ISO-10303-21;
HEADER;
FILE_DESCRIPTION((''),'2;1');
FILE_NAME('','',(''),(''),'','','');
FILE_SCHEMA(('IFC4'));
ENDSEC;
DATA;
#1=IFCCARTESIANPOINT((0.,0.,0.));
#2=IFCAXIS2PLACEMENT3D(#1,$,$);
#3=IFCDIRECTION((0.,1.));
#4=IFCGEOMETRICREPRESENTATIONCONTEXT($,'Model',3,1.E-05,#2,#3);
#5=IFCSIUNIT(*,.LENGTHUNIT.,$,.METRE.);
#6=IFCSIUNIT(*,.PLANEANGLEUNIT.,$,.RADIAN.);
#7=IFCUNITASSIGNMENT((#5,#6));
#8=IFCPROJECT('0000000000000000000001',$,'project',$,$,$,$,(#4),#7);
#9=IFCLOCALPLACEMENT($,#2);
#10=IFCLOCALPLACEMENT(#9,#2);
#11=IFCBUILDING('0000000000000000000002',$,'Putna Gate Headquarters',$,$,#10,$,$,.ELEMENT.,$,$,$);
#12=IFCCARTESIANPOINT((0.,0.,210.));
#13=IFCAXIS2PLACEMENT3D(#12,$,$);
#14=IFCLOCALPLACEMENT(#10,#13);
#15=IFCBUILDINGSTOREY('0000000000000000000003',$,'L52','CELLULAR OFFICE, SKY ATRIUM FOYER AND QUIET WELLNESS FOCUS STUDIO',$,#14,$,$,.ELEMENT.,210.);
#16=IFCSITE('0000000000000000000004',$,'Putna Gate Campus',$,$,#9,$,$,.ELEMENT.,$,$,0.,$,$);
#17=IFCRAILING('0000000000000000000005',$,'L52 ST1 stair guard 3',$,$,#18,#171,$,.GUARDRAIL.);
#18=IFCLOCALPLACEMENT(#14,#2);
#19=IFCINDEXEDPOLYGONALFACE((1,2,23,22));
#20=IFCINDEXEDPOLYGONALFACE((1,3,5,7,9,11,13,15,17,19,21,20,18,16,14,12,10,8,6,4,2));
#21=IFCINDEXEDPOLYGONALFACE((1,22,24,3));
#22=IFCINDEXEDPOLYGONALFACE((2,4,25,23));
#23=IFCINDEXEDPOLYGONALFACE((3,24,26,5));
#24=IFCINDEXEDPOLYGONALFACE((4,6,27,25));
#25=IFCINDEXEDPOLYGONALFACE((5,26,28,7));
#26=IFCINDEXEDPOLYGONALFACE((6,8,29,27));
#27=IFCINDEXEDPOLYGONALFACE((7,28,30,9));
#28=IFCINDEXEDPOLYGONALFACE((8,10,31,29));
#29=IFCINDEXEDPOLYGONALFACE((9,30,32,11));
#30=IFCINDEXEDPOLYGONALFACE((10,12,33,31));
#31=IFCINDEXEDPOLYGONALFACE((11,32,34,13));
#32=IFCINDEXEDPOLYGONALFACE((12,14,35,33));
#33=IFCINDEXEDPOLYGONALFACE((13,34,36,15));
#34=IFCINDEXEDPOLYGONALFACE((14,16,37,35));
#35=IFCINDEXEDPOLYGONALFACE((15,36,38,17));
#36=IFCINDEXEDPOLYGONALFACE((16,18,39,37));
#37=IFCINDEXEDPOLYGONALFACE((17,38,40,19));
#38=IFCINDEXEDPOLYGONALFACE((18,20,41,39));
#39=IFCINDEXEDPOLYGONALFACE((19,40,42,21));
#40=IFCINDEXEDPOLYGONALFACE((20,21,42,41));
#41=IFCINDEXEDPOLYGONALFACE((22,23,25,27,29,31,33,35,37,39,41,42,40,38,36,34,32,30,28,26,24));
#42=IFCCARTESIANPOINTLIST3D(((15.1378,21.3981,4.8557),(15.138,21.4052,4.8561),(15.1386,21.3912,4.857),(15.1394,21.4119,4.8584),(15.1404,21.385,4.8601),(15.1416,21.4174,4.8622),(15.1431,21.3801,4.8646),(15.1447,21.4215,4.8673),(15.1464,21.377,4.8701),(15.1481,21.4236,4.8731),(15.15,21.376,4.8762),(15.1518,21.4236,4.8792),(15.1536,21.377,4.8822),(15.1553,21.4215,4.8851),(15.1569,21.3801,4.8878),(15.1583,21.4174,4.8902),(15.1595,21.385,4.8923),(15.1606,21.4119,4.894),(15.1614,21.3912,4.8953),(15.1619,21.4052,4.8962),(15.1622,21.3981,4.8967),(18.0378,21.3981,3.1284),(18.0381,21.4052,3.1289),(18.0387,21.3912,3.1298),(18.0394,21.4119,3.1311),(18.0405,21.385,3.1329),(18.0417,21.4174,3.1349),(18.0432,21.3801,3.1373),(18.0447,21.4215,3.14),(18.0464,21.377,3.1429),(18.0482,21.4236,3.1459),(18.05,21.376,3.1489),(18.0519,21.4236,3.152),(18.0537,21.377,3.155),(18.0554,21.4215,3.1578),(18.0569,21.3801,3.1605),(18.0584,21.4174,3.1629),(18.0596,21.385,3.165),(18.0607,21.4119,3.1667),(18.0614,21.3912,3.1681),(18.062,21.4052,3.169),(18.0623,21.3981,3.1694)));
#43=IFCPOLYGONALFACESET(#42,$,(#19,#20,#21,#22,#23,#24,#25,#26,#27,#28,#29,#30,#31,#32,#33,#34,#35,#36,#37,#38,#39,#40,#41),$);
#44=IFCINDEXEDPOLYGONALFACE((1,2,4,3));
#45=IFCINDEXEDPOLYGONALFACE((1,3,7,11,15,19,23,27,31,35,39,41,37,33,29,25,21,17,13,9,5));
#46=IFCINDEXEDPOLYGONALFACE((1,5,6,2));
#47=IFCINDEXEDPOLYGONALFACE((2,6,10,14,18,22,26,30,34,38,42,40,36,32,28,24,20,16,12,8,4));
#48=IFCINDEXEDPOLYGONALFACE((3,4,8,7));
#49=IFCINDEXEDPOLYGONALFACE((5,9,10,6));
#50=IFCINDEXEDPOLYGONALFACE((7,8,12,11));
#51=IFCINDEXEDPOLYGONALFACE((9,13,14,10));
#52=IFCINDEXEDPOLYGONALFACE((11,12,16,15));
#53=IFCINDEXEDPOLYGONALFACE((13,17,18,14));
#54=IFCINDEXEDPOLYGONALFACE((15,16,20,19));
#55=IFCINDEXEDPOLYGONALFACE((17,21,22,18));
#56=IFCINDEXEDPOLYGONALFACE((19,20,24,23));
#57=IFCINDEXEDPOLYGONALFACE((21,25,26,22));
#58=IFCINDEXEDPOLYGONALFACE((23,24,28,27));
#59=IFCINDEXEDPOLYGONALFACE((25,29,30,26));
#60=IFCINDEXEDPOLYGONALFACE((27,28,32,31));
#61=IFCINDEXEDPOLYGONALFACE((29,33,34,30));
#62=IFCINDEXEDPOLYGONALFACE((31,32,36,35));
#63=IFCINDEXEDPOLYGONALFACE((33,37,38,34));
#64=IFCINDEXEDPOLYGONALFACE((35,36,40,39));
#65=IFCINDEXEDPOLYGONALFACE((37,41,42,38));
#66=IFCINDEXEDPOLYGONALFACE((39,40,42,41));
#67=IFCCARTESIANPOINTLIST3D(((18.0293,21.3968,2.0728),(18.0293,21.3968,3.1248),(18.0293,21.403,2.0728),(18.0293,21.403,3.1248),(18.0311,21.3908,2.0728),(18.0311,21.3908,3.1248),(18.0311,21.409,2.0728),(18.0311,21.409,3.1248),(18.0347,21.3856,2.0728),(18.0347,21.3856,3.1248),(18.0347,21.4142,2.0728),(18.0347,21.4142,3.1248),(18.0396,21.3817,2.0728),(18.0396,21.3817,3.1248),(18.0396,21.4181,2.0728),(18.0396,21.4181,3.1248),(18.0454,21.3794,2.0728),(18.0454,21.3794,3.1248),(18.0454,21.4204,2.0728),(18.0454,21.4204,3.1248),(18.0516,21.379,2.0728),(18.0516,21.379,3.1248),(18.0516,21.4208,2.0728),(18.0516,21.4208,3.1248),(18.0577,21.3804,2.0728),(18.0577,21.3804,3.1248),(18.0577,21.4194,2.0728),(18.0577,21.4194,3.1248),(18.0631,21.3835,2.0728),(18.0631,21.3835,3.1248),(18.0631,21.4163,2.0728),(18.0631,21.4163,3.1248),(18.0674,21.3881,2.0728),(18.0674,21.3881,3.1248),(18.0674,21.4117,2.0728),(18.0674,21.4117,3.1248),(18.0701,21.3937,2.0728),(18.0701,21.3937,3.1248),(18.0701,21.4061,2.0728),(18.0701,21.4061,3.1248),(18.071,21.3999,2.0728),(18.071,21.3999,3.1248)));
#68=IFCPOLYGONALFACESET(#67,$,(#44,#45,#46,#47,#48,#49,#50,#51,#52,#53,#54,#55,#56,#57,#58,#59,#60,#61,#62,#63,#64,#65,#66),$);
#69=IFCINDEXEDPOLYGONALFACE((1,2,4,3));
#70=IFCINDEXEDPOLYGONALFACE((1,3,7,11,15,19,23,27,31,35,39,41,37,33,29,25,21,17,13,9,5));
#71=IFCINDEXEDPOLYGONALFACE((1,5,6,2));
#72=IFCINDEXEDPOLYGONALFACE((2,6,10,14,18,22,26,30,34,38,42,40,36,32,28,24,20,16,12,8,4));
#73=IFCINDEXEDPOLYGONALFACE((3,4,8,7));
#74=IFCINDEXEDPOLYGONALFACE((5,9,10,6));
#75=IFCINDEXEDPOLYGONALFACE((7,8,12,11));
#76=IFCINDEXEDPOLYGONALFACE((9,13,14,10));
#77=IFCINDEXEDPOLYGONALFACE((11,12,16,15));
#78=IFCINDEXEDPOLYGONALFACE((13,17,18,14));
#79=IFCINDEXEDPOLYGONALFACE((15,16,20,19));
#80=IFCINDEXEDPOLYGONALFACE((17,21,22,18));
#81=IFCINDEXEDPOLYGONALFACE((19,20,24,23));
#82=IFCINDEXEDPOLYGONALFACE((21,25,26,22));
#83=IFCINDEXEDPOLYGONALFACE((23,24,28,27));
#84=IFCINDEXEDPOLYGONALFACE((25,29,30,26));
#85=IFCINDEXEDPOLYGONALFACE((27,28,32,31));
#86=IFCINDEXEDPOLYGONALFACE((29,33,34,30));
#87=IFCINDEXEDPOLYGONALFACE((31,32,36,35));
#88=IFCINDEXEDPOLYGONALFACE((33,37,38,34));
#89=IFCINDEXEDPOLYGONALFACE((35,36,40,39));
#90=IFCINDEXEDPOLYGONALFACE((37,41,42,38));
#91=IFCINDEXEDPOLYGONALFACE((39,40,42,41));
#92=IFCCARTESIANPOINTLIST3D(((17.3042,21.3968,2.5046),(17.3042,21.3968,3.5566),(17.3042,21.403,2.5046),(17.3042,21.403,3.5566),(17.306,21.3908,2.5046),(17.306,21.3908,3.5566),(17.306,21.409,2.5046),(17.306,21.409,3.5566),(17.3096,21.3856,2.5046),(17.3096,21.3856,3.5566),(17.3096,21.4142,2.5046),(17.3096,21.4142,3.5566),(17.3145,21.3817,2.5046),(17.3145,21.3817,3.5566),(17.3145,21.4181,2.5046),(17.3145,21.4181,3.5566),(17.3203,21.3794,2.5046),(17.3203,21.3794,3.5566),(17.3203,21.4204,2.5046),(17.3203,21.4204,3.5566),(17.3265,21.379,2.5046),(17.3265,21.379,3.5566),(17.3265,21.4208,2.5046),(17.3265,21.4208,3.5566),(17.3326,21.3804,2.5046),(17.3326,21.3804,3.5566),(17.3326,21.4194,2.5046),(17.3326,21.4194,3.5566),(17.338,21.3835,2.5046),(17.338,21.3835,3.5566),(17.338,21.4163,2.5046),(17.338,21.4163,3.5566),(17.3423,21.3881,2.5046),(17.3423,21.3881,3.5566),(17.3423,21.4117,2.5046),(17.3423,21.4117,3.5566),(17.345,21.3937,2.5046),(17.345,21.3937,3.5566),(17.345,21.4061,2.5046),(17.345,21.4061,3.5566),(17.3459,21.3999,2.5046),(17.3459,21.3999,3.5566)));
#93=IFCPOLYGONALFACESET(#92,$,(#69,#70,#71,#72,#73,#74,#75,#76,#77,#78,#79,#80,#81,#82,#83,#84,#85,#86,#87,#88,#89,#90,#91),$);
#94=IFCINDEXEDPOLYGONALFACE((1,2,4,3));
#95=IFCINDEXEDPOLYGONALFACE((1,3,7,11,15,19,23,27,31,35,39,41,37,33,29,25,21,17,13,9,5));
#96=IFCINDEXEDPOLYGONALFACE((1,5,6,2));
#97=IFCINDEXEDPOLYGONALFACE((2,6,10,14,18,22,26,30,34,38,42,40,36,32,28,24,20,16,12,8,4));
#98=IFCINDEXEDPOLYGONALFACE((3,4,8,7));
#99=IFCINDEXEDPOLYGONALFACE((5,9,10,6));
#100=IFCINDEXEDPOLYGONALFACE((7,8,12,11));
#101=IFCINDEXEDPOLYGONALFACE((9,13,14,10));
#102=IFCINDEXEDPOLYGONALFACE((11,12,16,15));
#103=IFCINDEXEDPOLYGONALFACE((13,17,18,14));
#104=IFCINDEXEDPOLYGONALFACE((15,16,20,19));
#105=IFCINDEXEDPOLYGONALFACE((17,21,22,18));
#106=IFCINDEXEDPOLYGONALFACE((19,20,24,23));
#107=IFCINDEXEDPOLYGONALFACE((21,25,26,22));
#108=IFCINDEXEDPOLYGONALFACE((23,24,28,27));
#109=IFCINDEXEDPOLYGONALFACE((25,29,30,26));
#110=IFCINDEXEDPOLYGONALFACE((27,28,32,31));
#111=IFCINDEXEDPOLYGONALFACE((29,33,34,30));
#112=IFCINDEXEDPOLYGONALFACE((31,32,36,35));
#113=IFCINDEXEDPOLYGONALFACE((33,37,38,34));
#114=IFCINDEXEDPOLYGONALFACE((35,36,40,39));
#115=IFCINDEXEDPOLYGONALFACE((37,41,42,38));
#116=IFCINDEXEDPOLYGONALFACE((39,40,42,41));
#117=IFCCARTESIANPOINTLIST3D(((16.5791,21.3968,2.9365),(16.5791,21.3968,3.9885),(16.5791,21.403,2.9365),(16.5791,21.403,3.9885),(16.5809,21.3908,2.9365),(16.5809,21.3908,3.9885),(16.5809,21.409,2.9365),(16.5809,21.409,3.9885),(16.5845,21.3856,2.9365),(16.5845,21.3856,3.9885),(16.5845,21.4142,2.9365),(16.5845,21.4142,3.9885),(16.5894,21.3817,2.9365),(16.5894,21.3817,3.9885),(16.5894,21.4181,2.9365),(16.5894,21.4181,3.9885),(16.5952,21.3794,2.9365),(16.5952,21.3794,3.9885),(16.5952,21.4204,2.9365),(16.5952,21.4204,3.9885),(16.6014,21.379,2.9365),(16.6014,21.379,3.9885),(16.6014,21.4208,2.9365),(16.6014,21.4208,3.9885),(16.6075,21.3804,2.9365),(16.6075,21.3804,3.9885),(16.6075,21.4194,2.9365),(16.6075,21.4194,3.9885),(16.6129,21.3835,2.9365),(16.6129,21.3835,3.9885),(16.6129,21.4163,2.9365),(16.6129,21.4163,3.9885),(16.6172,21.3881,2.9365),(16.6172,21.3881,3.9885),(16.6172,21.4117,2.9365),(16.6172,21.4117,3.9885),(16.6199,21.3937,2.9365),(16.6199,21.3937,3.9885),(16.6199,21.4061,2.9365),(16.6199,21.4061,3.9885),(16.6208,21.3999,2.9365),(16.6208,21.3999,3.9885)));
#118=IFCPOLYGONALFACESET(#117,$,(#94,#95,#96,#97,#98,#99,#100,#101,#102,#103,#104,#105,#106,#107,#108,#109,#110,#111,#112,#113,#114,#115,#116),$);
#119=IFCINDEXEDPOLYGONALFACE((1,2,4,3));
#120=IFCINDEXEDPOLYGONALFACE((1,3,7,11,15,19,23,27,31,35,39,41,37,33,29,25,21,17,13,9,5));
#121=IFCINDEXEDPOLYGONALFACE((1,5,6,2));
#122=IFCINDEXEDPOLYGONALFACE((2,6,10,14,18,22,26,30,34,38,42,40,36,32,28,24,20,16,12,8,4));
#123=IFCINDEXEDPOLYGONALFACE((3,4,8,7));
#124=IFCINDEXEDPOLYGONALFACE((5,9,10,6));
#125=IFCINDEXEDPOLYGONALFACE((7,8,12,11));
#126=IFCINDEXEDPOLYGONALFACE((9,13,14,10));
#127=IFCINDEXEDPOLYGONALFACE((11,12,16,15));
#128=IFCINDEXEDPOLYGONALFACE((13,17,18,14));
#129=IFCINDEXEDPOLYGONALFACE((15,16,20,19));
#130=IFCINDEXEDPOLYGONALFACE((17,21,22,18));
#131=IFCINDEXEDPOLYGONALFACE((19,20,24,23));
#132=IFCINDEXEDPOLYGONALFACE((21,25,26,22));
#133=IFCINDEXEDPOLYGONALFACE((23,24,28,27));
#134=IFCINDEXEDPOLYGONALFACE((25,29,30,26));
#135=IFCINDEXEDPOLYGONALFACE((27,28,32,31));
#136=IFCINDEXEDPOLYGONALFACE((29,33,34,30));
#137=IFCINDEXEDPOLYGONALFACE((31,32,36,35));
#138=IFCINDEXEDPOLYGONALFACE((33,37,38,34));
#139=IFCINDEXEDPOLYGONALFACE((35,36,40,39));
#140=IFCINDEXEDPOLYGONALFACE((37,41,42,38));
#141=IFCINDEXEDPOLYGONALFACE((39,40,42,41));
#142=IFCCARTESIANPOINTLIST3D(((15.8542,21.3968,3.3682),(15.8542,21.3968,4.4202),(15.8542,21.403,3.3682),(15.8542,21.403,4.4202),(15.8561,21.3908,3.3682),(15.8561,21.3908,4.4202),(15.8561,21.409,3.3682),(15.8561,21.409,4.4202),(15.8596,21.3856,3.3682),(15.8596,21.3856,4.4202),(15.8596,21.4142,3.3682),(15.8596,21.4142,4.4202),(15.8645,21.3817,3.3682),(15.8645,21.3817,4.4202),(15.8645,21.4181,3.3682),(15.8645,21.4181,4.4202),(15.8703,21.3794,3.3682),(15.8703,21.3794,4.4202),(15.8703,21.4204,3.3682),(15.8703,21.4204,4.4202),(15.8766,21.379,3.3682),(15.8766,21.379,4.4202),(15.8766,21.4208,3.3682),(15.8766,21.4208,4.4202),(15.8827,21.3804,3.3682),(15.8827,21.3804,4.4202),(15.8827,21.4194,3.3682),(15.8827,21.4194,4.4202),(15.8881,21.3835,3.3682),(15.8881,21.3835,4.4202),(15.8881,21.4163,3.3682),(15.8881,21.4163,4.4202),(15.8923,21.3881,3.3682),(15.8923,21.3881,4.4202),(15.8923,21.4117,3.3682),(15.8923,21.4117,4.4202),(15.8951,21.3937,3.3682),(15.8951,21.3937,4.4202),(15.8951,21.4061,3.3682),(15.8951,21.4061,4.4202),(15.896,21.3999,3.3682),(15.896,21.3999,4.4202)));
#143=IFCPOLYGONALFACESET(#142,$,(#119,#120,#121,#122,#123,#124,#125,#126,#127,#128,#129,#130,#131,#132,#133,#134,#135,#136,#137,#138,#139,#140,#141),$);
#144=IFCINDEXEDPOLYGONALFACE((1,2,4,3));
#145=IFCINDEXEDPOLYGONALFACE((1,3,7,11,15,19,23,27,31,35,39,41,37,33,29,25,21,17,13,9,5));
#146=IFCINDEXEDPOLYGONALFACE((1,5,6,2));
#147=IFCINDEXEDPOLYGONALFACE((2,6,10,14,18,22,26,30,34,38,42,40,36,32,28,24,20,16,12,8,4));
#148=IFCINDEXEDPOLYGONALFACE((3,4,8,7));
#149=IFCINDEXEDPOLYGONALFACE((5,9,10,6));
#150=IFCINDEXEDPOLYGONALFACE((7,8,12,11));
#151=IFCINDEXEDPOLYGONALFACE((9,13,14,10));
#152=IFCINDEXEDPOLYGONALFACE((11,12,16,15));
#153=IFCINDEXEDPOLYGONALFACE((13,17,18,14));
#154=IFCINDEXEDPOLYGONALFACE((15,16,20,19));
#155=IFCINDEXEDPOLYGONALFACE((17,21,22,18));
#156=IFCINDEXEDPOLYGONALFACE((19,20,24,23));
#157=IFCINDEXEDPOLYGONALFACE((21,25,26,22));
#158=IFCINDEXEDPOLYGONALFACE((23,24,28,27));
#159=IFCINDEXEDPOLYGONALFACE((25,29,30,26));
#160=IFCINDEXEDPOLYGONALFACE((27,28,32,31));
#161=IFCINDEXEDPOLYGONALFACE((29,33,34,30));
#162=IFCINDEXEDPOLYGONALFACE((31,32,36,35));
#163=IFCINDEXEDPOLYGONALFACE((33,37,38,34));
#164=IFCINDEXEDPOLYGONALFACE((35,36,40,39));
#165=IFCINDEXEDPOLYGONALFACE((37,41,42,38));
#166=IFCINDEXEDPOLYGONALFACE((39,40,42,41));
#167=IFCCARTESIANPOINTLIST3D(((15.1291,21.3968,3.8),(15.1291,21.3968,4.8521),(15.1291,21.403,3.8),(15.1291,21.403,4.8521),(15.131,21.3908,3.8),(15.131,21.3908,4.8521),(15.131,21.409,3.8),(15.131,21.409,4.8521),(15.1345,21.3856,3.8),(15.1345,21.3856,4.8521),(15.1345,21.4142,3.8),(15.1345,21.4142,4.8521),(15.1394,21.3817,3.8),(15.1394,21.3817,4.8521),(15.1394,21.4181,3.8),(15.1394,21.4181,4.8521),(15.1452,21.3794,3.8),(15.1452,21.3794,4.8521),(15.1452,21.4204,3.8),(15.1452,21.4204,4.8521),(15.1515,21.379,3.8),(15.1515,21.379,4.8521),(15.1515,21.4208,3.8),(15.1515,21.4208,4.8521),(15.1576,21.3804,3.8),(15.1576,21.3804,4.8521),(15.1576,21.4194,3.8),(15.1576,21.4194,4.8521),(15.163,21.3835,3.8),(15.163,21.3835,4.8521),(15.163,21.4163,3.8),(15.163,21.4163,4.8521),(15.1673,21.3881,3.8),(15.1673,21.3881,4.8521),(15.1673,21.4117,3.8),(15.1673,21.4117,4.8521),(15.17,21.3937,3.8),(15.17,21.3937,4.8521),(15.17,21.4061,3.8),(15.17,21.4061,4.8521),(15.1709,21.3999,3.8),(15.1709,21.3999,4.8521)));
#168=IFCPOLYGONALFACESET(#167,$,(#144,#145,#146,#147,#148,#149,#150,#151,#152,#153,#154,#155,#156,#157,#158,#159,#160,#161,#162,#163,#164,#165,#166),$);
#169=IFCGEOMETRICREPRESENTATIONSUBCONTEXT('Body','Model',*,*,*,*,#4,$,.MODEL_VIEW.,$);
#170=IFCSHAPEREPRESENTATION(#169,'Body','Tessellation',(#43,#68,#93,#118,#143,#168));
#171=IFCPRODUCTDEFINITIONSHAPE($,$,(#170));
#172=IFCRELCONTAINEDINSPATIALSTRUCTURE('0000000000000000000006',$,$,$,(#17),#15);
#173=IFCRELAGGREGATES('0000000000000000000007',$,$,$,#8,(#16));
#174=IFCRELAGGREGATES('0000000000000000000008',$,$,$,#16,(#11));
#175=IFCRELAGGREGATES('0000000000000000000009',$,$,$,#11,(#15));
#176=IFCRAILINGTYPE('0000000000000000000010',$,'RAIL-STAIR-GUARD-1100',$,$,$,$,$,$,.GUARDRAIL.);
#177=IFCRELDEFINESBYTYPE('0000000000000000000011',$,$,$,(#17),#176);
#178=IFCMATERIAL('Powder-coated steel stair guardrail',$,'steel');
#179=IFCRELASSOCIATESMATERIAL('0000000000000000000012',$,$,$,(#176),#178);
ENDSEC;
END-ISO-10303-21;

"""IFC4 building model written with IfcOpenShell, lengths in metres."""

from ifc_helpers import new_model, si_unit, direction, frame, origin, origin_2d, place, context, subcontext, project, spatial, circle, extrude, material, type_object, element, save


model = new_model("IFC4")

# Units and contexts
model_context = context("Model", 3, precision=1e-05, world=origin(), true_north=direction((0.0, 1.0)))
body_context = subcontext(model_context, "Body", "Model", "MODEL_VIEW")
ifc_project = project(units=[si_unit("LENGTHUNIT", "METRE"), si_unit("PLANEANGLEUNIT", "RADIAN")], contexts=[model_context])

# Site, building, storey
site_placement = place(None, origin())
site = spatial("IfcSite", under=ifc_project, at=site_placement, Name="Putna Gate Campus", CompositionType="ELEMENT", RefElevation=0.0)
building_placement = place(site_placement, origin())
building = spatial("IfcBuilding", under=site, at=building_placement, Name="Putna Gate Headquarters", CompositionType="ELEMENT")
storey_placement = place(building_placement, frame((0.0, 0.0, 210.0)))
storey = spatial("IfcBuildingStorey", under=building, at=storey_placement, Name="L52", Description="CELLULAR OFFICE, SKY ATRIUM FOYER AND QUIET WELLNESS FOCUS STUDIO", CompositionType="ELEMENT", Elevation=210.0)

# Railing
ifc_material_1 = material(Name="Powder-coated steel stair guardrail", Category="steel")
railing_type_1 = type_object("IfcRailingType", Name="RAIL-STAIR-GUARD-1100", PredefinedType="GUARDRAIL", material=ifc_material_1)
railing_1_placement = place(storey_placement, frame((18.05, 21.3999, 2.0728)))
element("IfcRailing", 1, at=railing_1_placement, inside=storey, type_object=railing_type_1, Name="L52 ST1 stair guard 3", PredefinedType="GUARDRAIL", context=body_context, shape_type="SweptSolid", body=[
    extrude(circle(Radius=0.0239, at=origin_2d()), frame((0.0, 0.0, 1.0762), z_axis=(-0.85916, 0.0, 0.511706), x_axis=(0.0, -1.0, 0.0)), (0.0, 0.0, 1.0), 3.3755),
    extrude(circle(Radius=0.021, at=origin_2d()), origin(), (0.0, 0.0, 1.0), 1.052),
    extrude(circle(Radius=0.021, at=origin_2d()), frame((-0.7251, 0.0, 0.4319)), (0.0, 0.0, 1.0), 1.052),
    extrude(circle(Radius=0.021, at=origin_2d()), frame((-1.4502, 0.0, 0.8638)), (0.0, 0.0, 1.0), 1.052),
    extrude(circle(Radius=0.021, at=origin_2d()), frame((-2.175, 0.0, 1.2954)), (0.0, 0.0, 1.0), 1.052),
    extrude(circle(Radius=0.021, at=origin_2d()), frame((-2.9001, 0.0, 1.7273)), (0.0, 0.0, 1.0), 1.052),
])

save(model, "model.ifc")
